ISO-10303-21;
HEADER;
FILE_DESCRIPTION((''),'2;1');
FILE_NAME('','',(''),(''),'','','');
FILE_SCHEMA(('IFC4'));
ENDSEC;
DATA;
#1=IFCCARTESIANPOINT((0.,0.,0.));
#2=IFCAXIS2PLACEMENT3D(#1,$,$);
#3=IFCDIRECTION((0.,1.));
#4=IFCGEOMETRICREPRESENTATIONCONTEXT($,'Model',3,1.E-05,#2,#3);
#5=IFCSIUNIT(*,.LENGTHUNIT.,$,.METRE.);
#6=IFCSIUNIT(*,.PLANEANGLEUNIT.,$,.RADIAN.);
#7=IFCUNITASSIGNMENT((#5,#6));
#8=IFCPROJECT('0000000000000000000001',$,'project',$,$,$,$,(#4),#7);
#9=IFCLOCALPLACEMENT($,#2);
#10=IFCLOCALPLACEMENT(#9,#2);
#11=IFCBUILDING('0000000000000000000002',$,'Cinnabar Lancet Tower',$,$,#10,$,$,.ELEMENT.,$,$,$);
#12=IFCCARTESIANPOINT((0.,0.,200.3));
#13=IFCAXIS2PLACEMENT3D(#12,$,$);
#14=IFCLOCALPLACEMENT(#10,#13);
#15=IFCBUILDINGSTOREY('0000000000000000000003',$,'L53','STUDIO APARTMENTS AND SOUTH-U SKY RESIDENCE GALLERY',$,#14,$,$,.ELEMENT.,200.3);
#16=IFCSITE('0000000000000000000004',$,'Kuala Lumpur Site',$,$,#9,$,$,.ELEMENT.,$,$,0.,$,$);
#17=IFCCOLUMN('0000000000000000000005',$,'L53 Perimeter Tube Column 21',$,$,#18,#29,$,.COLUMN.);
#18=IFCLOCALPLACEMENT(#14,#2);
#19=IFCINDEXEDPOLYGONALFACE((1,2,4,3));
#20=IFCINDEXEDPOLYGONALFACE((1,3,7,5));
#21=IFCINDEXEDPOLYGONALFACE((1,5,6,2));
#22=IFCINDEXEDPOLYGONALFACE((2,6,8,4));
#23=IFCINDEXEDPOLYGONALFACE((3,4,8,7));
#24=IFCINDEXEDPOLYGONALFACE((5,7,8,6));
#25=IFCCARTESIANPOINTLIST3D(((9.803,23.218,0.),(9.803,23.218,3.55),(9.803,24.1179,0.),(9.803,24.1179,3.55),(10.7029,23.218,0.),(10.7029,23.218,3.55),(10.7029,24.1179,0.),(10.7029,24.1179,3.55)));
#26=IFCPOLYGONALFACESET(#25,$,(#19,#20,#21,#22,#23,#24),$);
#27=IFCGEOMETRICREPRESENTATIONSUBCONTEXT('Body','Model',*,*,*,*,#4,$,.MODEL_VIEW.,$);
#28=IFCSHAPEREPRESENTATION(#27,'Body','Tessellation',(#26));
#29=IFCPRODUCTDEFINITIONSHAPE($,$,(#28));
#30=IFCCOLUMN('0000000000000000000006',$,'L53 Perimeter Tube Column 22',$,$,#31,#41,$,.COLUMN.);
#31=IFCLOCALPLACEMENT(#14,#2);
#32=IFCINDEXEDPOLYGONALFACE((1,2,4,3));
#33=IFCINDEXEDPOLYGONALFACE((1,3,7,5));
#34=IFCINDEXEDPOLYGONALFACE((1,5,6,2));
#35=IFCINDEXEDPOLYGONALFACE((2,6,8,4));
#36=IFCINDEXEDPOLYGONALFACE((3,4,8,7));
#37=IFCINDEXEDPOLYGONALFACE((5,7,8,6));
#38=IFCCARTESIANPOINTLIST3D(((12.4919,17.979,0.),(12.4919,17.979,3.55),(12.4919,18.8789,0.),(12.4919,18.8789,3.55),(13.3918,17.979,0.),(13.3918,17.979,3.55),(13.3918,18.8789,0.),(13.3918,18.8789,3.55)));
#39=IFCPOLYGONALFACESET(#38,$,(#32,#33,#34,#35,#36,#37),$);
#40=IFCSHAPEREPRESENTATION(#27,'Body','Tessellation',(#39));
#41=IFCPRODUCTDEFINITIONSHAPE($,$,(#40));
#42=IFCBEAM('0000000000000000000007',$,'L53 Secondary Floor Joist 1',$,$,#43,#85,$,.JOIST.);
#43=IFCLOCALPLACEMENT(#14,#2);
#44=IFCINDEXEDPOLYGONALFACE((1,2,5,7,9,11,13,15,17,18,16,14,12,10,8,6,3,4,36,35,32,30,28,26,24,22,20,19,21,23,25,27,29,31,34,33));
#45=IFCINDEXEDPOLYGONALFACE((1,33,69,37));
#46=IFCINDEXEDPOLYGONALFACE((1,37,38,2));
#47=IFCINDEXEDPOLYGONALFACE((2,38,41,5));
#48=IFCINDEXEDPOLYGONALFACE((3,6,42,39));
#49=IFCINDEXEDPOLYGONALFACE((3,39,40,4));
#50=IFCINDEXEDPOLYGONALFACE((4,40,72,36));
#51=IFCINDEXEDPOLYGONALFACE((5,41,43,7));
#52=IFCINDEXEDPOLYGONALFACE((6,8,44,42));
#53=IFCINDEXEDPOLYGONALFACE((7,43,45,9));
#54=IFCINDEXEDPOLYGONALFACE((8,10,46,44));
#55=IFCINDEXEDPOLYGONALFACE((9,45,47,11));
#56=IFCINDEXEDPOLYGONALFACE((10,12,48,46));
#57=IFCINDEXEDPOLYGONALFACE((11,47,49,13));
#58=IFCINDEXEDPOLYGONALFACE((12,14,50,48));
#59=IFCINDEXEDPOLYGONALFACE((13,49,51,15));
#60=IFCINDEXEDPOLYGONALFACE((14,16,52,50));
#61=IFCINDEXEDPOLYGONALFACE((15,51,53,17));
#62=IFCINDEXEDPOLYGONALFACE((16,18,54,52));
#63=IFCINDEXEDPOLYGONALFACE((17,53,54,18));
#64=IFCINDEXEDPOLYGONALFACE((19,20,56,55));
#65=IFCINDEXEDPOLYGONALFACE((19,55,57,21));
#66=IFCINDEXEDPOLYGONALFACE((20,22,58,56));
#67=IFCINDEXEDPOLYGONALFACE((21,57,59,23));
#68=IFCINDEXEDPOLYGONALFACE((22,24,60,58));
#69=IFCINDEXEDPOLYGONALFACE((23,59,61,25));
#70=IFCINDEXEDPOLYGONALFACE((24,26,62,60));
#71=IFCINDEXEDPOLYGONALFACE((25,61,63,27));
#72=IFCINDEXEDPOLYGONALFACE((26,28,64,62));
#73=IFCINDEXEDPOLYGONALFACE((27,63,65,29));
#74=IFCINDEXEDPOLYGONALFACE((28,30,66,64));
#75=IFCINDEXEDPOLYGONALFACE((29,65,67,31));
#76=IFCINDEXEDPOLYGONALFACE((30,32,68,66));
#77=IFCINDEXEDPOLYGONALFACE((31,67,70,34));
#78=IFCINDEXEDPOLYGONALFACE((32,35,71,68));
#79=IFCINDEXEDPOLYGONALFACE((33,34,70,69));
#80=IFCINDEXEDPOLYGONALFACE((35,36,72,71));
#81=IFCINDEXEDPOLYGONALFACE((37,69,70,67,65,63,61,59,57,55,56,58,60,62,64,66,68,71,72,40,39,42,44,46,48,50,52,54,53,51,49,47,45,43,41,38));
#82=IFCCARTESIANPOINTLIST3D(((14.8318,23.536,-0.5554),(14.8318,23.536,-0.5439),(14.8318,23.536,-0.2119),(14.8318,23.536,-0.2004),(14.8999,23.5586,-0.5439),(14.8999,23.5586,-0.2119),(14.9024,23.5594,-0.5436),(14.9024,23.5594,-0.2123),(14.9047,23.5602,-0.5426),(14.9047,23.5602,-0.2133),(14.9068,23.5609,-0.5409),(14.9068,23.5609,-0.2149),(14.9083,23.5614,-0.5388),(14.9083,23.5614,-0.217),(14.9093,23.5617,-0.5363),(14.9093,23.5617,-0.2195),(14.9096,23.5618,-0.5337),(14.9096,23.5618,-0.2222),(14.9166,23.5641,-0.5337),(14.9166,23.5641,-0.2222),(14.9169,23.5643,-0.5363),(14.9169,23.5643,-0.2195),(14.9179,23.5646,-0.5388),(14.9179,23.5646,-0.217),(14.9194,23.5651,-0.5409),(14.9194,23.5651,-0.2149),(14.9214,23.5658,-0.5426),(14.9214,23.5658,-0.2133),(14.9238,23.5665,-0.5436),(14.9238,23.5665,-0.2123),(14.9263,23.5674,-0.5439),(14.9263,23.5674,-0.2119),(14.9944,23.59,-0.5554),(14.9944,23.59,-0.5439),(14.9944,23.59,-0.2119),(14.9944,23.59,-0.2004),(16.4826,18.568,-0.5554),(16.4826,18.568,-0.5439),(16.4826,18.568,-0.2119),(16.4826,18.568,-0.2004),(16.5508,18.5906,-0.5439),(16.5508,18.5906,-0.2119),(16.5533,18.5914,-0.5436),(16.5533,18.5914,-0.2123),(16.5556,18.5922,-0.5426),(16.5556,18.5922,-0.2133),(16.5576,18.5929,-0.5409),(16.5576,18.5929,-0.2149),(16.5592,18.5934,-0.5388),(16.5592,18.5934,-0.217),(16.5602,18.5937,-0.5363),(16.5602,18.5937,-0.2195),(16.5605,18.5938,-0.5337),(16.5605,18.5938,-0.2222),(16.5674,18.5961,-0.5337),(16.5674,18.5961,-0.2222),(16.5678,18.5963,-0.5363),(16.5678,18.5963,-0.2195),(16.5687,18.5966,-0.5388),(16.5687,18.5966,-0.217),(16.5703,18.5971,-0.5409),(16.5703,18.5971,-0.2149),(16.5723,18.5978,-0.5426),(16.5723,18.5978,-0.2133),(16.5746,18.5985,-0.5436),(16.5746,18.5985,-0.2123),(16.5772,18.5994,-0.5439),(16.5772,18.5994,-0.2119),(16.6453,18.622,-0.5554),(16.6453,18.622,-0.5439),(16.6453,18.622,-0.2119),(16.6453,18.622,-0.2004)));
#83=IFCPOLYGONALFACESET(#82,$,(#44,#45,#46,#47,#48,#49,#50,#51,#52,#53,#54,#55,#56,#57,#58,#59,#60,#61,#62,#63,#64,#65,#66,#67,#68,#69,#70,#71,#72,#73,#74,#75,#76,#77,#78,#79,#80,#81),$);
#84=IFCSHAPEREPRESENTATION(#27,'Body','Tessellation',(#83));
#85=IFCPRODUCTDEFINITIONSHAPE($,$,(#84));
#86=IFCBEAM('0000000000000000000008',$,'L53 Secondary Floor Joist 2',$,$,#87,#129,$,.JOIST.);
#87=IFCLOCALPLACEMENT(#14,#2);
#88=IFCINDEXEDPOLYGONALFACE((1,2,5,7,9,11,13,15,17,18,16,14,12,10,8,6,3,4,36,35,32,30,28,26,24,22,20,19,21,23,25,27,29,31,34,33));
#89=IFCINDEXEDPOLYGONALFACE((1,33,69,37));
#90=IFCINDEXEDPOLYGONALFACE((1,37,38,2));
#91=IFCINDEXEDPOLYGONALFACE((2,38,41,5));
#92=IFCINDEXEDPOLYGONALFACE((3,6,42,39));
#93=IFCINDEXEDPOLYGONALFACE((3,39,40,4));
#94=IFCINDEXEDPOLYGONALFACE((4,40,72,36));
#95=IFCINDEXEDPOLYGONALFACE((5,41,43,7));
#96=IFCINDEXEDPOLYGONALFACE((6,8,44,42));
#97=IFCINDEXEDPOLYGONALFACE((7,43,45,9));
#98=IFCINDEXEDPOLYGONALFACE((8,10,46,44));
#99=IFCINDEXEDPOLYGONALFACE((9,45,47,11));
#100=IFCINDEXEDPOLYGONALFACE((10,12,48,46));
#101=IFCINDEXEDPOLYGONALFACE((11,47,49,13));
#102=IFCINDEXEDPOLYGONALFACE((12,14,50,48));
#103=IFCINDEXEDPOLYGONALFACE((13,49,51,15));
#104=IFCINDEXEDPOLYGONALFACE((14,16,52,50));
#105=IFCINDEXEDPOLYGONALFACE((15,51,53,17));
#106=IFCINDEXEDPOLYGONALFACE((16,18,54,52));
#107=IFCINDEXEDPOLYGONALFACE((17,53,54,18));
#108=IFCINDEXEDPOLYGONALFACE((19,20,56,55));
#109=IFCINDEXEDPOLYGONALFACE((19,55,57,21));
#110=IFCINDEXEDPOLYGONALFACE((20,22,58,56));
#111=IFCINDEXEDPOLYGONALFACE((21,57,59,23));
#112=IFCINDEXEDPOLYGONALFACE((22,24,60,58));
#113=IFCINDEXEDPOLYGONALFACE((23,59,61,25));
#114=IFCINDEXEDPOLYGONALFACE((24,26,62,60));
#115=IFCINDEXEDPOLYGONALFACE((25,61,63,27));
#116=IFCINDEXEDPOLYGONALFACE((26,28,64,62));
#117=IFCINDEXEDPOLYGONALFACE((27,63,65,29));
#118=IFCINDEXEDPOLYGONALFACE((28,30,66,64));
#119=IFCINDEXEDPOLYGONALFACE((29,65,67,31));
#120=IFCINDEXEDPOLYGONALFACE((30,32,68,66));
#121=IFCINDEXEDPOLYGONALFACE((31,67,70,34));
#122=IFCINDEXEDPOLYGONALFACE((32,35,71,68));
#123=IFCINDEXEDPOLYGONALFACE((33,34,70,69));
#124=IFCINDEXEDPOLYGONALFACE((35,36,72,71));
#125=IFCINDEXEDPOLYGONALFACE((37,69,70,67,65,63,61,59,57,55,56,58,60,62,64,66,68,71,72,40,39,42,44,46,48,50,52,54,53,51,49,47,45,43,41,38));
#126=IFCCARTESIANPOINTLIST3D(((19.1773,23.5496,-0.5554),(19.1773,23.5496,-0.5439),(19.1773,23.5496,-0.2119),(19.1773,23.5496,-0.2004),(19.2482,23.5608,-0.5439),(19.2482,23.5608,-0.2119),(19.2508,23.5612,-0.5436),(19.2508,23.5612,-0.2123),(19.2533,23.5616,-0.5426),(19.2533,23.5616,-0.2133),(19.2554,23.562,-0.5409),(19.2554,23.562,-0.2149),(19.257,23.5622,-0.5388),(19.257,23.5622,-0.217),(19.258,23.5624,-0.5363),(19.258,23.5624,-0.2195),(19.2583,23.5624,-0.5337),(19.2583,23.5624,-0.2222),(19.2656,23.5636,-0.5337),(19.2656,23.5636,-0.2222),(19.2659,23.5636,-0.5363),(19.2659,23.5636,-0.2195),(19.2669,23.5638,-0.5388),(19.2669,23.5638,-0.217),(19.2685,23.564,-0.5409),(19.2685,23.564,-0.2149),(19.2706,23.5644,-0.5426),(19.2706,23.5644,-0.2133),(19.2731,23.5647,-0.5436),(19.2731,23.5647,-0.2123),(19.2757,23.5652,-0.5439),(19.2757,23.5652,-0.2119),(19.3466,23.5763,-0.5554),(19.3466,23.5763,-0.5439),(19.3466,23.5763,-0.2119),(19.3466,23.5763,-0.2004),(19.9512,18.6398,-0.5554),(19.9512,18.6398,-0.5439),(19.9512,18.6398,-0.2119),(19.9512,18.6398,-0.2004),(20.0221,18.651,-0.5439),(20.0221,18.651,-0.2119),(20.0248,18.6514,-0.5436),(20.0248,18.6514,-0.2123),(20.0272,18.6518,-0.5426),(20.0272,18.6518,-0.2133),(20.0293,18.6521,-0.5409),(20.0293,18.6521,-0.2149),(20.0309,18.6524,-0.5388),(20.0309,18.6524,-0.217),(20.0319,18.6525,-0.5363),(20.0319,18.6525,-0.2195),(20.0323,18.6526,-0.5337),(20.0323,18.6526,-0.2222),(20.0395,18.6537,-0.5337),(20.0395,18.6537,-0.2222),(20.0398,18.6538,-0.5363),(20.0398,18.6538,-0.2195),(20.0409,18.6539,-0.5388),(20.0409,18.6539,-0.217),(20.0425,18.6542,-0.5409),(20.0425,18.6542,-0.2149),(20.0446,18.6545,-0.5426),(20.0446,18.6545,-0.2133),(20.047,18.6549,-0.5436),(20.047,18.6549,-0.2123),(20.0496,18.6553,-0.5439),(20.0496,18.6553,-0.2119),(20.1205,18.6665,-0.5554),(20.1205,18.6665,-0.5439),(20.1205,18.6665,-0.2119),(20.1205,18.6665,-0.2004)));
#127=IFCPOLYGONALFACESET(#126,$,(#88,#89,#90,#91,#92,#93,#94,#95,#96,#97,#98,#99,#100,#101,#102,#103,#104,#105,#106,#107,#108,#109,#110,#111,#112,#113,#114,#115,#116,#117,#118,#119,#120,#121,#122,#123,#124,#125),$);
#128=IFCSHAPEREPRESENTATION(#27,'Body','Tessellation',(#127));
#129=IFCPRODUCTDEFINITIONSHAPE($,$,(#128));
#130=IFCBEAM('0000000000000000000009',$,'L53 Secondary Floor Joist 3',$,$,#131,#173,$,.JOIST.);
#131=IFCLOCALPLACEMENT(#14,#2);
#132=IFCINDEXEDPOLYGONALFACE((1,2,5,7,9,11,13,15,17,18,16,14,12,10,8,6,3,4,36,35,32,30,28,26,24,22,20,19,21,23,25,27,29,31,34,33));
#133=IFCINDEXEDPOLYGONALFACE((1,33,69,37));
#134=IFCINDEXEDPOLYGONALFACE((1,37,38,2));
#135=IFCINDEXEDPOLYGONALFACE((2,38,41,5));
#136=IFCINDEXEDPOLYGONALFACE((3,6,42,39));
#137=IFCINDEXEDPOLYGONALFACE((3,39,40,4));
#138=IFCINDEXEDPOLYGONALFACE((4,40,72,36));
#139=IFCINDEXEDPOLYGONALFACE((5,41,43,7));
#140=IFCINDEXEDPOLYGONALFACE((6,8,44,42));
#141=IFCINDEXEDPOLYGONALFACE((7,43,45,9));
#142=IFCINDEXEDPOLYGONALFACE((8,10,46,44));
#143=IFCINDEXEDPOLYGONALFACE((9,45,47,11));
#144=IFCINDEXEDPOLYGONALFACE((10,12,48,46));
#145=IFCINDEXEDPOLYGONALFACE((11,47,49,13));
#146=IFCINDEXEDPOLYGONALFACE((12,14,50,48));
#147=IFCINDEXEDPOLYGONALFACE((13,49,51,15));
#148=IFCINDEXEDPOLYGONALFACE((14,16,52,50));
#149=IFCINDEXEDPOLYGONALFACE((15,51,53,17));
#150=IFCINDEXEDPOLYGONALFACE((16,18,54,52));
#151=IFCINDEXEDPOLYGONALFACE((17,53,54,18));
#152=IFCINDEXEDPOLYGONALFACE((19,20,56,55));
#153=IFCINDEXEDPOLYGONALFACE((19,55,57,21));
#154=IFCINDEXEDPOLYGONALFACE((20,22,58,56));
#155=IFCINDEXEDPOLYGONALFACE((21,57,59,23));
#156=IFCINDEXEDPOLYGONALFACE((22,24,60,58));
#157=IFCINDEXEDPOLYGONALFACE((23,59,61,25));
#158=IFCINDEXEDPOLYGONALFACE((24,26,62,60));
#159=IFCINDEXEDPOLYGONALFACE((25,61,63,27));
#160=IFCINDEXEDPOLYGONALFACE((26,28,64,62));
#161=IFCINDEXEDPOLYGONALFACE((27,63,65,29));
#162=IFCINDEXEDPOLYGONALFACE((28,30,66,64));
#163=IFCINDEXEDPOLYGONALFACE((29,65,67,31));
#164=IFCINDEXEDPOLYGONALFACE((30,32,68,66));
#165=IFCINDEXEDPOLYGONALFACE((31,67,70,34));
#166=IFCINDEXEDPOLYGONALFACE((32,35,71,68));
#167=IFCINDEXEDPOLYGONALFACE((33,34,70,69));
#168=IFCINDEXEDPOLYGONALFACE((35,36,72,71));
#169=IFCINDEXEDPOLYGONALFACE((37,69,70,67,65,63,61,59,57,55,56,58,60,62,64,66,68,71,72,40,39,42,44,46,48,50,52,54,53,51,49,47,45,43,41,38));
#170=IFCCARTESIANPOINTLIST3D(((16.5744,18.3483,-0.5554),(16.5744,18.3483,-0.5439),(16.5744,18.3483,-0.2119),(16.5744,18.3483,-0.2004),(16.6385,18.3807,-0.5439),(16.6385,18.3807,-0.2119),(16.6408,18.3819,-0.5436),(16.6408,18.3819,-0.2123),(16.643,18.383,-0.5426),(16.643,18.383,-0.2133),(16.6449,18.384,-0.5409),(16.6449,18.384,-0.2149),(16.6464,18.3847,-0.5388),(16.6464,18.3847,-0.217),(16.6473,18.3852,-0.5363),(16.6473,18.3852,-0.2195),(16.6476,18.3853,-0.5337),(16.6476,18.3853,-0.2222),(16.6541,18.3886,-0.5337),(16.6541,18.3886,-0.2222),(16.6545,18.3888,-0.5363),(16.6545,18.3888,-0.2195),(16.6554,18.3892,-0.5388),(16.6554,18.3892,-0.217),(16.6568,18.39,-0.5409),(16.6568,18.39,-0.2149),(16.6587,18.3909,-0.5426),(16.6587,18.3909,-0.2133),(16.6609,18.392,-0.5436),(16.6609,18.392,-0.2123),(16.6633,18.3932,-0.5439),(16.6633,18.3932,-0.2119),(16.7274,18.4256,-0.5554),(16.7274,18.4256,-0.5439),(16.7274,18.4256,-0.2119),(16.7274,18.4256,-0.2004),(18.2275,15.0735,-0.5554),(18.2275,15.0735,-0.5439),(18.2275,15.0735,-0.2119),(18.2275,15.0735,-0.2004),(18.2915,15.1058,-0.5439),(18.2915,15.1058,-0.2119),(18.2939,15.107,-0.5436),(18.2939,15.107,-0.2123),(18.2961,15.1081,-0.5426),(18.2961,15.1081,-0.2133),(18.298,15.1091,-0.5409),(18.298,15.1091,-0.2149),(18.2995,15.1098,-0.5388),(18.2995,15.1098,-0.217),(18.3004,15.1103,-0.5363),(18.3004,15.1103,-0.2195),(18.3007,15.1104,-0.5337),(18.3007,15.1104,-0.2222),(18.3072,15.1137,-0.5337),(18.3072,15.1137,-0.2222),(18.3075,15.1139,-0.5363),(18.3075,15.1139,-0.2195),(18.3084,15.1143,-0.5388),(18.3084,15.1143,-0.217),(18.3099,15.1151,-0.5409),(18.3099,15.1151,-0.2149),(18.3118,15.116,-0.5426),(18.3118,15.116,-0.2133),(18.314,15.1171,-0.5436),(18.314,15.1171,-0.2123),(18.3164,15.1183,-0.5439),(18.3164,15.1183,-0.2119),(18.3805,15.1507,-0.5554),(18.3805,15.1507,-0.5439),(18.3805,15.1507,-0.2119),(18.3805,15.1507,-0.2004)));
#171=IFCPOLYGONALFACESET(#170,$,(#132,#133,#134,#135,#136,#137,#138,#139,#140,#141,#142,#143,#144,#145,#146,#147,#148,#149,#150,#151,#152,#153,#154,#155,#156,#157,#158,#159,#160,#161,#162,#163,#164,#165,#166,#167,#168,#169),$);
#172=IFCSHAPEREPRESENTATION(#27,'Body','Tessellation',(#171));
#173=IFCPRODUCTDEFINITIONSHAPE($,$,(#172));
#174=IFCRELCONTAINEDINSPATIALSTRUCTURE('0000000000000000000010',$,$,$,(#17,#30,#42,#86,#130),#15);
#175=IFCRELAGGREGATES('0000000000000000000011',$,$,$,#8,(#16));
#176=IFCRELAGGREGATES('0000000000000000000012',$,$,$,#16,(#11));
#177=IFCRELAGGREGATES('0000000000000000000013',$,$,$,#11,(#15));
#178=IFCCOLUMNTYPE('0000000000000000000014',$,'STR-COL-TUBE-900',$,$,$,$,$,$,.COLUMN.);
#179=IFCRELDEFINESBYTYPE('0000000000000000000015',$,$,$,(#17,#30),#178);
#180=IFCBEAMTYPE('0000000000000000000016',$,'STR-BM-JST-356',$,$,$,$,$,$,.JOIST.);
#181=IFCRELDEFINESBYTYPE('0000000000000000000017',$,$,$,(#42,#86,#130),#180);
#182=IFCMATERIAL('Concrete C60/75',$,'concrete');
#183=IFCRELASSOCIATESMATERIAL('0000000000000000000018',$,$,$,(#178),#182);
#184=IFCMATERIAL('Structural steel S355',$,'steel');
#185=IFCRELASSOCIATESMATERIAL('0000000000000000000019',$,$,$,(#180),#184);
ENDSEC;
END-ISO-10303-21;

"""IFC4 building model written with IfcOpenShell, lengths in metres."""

from ifc_helpers import new_model, si_unit, direction, frame, origin, origin_2d, place, context, subcontext, project, spatial, rectangle, i_section, extrude, material, material_profile, profile_set, type_object, element, save


model = new_model("IFC4")

# Units and contexts
model_context = context("Model", 3, precision=1e-05, world=origin(), true_north=direction((0.0, 1.0)))
body_context = subcontext(model_context, "Body", "Model", "MODEL_VIEW")
ifc_project = project(units=[si_unit("LENGTHUNIT", "METRE"), si_unit("PLANEANGLEUNIT", "RADIAN")], contexts=[model_context])

# Site, building, storey
site_placement = place(None, origin())
site = spatial("IfcSite", under=ifc_project, at=site_placement, Name="Kuala Lumpur Site", CompositionType="ELEMENT", RefElevation=0.0)
building_placement = place(site_placement, origin())
building = spatial("IfcBuilding", under=site, at=building_placement, Name="Cinnabar Lancet Tower", CompositionType="ELEMENT")
storey_placement = place(building_placement, frame((0.0, 0.0, 200.3)))
storey = spatial("IfcBuildingStorey", under=building, at=storey_placement, Name="L53", Description="STUDIO APARTMENTS AND SOUTH-U SKY RESIDENCE GALLERY", CompositionType="ELEMENT", Elevation=200.3)

# Columns
ifc_material_1 = material(Name="Concrete C60/75", Category="concrete")
ifc_material_profile_1 = material_profile(ifc_material_1, rectangle(XDim=0.8999, YDim=0.8999, at=origin_2d()), Name="RC-COL 900x900")
ifc_profile_set_1 = profile_set([ifc_material_profile_1], Name="Concrete C60/75")
column_type = type_object("IfcColumnType", Name="STR-COL-TUBE-900", PredefinedType="COLUMN", material=ifc_profile_set_1)
for number, where, z_axis, x_axis, name in (
    (1, (10.2529, 23.668, 0.0), (0.0, 0.0, 1.0), (1.0, 0.0, 0.0), "L53 Perimeter Tube Column 21"),
    (2, (12.9419, 18.429, 0.0), (0.0, 0.0, 1.0), (1.0, 0.0, 0.0), "L53 Perimeter Tube Column 22"),
):
    element("IfcColumn", number, at=place(storey_placement, frame(where, z_axis=z_axis, x_axis=x_axis)), inside=storey, type_object=column_type, Name=name, PredefinedType="COLUMN", context=body_context, shape_type="SweptSolid", body=[
        extrude(rectangle(XDim=0.8999, YDim=0.8999, at=origin_2d()), origin(), (0.0, 0.0, 1.0), 3.55),
    ])

# Beams
ifc_material_2 = material(Name="Structural steel S355", Category="steel")
ifc_material_profile_2 = material_profile(ifc_material_2, i_section(OverallWidth=0.1714, OverallDepth=0.355, WebThickness=0.0073, FlangeThickness=0.0115, FilletRadius=0.0103, at=origin_2d()), Name="UKB 356x171x51")
ifc_profile_set_2 = profile_set([ifc_material_profile_2], Name="Structural steel S355")
beam_type_1 = type_object("IfcBeamType", Name="STR-BM-JST-356", PredefinedType="JOIST", material=ifc_profile_set_2)
beam_1_placement = place(storey_placement, frame((14.9131, 23.563, -0.3779), z_axis=(0.315346, -0.948977, 0.0), x_axis=(0.948977, 0.315346, 0.0)))
element("IfcBeam", 3, at=beam_1_placement, inside=storey, type_object=beam_type_1, Name="L53 Secondary Floor Joist 1", PredefinedType="JOIST", context=body_context, shape_type="SweptSolid", body=[
    extrude(i_section(OverallWidth=0.1714, OverallDepth=0.355, WebThickness=0.0073, FlangeThickness=0.0115, FilletRadius=0.0103, at=origin_2d()), origin(), (0.0, 0.0, 1.0), 5.2351),
])
beam_2_placement = place(storey_placement, frame((19.262, 23.563, -0.3779), z_axis=(0.155703, -0.987804, 0.0), x_axis=(0.987804, 0.155703, 0.0)))
element("IfcBeam", 4, at=beam_2_placement, inside=storey, type_object=beam_type_1, Name="L53 Secondary Floor Joist 2", PredefinedType="JOIST", context=body_context, shape_type="SweptSolid", body=[
    extrude(i_section(OverallWidth=0.1714, OverallDepth=0.355, WebThickness=0.0073, FlangeThickness=0.0115, FilletRadius=0.0103, at=origin_2d()), origin(), (0.0, 0.0, 1.0), 4.9705),
])
beam_3_placement = place(storey_placement, frame((16.6509, 18.387, -0.3779), z_axis=(0.450618, -0.892717, 0.0), x_axis=(0.892717, 0.450618, 0.0)))
element("IfcBeam", 5, at=beam_3_placement, inside=storey, type_object=beam_type_1, Name="L53 Secondary Floor Joist 3", PredefinedType="JOIST", context=body_context, shape_type="SweptSolid", body=[
    extrude(i_section(OverallWidth=0.1714, OverallDepth=0.355, WebThickness=0.0073, FlangeThickness=0.0115, FilletRadius=0.0103, at=origin_2d()), origin(), (0.0, 0.0, 1.0), 3.6685),
])

save(model, "model.ifc")
